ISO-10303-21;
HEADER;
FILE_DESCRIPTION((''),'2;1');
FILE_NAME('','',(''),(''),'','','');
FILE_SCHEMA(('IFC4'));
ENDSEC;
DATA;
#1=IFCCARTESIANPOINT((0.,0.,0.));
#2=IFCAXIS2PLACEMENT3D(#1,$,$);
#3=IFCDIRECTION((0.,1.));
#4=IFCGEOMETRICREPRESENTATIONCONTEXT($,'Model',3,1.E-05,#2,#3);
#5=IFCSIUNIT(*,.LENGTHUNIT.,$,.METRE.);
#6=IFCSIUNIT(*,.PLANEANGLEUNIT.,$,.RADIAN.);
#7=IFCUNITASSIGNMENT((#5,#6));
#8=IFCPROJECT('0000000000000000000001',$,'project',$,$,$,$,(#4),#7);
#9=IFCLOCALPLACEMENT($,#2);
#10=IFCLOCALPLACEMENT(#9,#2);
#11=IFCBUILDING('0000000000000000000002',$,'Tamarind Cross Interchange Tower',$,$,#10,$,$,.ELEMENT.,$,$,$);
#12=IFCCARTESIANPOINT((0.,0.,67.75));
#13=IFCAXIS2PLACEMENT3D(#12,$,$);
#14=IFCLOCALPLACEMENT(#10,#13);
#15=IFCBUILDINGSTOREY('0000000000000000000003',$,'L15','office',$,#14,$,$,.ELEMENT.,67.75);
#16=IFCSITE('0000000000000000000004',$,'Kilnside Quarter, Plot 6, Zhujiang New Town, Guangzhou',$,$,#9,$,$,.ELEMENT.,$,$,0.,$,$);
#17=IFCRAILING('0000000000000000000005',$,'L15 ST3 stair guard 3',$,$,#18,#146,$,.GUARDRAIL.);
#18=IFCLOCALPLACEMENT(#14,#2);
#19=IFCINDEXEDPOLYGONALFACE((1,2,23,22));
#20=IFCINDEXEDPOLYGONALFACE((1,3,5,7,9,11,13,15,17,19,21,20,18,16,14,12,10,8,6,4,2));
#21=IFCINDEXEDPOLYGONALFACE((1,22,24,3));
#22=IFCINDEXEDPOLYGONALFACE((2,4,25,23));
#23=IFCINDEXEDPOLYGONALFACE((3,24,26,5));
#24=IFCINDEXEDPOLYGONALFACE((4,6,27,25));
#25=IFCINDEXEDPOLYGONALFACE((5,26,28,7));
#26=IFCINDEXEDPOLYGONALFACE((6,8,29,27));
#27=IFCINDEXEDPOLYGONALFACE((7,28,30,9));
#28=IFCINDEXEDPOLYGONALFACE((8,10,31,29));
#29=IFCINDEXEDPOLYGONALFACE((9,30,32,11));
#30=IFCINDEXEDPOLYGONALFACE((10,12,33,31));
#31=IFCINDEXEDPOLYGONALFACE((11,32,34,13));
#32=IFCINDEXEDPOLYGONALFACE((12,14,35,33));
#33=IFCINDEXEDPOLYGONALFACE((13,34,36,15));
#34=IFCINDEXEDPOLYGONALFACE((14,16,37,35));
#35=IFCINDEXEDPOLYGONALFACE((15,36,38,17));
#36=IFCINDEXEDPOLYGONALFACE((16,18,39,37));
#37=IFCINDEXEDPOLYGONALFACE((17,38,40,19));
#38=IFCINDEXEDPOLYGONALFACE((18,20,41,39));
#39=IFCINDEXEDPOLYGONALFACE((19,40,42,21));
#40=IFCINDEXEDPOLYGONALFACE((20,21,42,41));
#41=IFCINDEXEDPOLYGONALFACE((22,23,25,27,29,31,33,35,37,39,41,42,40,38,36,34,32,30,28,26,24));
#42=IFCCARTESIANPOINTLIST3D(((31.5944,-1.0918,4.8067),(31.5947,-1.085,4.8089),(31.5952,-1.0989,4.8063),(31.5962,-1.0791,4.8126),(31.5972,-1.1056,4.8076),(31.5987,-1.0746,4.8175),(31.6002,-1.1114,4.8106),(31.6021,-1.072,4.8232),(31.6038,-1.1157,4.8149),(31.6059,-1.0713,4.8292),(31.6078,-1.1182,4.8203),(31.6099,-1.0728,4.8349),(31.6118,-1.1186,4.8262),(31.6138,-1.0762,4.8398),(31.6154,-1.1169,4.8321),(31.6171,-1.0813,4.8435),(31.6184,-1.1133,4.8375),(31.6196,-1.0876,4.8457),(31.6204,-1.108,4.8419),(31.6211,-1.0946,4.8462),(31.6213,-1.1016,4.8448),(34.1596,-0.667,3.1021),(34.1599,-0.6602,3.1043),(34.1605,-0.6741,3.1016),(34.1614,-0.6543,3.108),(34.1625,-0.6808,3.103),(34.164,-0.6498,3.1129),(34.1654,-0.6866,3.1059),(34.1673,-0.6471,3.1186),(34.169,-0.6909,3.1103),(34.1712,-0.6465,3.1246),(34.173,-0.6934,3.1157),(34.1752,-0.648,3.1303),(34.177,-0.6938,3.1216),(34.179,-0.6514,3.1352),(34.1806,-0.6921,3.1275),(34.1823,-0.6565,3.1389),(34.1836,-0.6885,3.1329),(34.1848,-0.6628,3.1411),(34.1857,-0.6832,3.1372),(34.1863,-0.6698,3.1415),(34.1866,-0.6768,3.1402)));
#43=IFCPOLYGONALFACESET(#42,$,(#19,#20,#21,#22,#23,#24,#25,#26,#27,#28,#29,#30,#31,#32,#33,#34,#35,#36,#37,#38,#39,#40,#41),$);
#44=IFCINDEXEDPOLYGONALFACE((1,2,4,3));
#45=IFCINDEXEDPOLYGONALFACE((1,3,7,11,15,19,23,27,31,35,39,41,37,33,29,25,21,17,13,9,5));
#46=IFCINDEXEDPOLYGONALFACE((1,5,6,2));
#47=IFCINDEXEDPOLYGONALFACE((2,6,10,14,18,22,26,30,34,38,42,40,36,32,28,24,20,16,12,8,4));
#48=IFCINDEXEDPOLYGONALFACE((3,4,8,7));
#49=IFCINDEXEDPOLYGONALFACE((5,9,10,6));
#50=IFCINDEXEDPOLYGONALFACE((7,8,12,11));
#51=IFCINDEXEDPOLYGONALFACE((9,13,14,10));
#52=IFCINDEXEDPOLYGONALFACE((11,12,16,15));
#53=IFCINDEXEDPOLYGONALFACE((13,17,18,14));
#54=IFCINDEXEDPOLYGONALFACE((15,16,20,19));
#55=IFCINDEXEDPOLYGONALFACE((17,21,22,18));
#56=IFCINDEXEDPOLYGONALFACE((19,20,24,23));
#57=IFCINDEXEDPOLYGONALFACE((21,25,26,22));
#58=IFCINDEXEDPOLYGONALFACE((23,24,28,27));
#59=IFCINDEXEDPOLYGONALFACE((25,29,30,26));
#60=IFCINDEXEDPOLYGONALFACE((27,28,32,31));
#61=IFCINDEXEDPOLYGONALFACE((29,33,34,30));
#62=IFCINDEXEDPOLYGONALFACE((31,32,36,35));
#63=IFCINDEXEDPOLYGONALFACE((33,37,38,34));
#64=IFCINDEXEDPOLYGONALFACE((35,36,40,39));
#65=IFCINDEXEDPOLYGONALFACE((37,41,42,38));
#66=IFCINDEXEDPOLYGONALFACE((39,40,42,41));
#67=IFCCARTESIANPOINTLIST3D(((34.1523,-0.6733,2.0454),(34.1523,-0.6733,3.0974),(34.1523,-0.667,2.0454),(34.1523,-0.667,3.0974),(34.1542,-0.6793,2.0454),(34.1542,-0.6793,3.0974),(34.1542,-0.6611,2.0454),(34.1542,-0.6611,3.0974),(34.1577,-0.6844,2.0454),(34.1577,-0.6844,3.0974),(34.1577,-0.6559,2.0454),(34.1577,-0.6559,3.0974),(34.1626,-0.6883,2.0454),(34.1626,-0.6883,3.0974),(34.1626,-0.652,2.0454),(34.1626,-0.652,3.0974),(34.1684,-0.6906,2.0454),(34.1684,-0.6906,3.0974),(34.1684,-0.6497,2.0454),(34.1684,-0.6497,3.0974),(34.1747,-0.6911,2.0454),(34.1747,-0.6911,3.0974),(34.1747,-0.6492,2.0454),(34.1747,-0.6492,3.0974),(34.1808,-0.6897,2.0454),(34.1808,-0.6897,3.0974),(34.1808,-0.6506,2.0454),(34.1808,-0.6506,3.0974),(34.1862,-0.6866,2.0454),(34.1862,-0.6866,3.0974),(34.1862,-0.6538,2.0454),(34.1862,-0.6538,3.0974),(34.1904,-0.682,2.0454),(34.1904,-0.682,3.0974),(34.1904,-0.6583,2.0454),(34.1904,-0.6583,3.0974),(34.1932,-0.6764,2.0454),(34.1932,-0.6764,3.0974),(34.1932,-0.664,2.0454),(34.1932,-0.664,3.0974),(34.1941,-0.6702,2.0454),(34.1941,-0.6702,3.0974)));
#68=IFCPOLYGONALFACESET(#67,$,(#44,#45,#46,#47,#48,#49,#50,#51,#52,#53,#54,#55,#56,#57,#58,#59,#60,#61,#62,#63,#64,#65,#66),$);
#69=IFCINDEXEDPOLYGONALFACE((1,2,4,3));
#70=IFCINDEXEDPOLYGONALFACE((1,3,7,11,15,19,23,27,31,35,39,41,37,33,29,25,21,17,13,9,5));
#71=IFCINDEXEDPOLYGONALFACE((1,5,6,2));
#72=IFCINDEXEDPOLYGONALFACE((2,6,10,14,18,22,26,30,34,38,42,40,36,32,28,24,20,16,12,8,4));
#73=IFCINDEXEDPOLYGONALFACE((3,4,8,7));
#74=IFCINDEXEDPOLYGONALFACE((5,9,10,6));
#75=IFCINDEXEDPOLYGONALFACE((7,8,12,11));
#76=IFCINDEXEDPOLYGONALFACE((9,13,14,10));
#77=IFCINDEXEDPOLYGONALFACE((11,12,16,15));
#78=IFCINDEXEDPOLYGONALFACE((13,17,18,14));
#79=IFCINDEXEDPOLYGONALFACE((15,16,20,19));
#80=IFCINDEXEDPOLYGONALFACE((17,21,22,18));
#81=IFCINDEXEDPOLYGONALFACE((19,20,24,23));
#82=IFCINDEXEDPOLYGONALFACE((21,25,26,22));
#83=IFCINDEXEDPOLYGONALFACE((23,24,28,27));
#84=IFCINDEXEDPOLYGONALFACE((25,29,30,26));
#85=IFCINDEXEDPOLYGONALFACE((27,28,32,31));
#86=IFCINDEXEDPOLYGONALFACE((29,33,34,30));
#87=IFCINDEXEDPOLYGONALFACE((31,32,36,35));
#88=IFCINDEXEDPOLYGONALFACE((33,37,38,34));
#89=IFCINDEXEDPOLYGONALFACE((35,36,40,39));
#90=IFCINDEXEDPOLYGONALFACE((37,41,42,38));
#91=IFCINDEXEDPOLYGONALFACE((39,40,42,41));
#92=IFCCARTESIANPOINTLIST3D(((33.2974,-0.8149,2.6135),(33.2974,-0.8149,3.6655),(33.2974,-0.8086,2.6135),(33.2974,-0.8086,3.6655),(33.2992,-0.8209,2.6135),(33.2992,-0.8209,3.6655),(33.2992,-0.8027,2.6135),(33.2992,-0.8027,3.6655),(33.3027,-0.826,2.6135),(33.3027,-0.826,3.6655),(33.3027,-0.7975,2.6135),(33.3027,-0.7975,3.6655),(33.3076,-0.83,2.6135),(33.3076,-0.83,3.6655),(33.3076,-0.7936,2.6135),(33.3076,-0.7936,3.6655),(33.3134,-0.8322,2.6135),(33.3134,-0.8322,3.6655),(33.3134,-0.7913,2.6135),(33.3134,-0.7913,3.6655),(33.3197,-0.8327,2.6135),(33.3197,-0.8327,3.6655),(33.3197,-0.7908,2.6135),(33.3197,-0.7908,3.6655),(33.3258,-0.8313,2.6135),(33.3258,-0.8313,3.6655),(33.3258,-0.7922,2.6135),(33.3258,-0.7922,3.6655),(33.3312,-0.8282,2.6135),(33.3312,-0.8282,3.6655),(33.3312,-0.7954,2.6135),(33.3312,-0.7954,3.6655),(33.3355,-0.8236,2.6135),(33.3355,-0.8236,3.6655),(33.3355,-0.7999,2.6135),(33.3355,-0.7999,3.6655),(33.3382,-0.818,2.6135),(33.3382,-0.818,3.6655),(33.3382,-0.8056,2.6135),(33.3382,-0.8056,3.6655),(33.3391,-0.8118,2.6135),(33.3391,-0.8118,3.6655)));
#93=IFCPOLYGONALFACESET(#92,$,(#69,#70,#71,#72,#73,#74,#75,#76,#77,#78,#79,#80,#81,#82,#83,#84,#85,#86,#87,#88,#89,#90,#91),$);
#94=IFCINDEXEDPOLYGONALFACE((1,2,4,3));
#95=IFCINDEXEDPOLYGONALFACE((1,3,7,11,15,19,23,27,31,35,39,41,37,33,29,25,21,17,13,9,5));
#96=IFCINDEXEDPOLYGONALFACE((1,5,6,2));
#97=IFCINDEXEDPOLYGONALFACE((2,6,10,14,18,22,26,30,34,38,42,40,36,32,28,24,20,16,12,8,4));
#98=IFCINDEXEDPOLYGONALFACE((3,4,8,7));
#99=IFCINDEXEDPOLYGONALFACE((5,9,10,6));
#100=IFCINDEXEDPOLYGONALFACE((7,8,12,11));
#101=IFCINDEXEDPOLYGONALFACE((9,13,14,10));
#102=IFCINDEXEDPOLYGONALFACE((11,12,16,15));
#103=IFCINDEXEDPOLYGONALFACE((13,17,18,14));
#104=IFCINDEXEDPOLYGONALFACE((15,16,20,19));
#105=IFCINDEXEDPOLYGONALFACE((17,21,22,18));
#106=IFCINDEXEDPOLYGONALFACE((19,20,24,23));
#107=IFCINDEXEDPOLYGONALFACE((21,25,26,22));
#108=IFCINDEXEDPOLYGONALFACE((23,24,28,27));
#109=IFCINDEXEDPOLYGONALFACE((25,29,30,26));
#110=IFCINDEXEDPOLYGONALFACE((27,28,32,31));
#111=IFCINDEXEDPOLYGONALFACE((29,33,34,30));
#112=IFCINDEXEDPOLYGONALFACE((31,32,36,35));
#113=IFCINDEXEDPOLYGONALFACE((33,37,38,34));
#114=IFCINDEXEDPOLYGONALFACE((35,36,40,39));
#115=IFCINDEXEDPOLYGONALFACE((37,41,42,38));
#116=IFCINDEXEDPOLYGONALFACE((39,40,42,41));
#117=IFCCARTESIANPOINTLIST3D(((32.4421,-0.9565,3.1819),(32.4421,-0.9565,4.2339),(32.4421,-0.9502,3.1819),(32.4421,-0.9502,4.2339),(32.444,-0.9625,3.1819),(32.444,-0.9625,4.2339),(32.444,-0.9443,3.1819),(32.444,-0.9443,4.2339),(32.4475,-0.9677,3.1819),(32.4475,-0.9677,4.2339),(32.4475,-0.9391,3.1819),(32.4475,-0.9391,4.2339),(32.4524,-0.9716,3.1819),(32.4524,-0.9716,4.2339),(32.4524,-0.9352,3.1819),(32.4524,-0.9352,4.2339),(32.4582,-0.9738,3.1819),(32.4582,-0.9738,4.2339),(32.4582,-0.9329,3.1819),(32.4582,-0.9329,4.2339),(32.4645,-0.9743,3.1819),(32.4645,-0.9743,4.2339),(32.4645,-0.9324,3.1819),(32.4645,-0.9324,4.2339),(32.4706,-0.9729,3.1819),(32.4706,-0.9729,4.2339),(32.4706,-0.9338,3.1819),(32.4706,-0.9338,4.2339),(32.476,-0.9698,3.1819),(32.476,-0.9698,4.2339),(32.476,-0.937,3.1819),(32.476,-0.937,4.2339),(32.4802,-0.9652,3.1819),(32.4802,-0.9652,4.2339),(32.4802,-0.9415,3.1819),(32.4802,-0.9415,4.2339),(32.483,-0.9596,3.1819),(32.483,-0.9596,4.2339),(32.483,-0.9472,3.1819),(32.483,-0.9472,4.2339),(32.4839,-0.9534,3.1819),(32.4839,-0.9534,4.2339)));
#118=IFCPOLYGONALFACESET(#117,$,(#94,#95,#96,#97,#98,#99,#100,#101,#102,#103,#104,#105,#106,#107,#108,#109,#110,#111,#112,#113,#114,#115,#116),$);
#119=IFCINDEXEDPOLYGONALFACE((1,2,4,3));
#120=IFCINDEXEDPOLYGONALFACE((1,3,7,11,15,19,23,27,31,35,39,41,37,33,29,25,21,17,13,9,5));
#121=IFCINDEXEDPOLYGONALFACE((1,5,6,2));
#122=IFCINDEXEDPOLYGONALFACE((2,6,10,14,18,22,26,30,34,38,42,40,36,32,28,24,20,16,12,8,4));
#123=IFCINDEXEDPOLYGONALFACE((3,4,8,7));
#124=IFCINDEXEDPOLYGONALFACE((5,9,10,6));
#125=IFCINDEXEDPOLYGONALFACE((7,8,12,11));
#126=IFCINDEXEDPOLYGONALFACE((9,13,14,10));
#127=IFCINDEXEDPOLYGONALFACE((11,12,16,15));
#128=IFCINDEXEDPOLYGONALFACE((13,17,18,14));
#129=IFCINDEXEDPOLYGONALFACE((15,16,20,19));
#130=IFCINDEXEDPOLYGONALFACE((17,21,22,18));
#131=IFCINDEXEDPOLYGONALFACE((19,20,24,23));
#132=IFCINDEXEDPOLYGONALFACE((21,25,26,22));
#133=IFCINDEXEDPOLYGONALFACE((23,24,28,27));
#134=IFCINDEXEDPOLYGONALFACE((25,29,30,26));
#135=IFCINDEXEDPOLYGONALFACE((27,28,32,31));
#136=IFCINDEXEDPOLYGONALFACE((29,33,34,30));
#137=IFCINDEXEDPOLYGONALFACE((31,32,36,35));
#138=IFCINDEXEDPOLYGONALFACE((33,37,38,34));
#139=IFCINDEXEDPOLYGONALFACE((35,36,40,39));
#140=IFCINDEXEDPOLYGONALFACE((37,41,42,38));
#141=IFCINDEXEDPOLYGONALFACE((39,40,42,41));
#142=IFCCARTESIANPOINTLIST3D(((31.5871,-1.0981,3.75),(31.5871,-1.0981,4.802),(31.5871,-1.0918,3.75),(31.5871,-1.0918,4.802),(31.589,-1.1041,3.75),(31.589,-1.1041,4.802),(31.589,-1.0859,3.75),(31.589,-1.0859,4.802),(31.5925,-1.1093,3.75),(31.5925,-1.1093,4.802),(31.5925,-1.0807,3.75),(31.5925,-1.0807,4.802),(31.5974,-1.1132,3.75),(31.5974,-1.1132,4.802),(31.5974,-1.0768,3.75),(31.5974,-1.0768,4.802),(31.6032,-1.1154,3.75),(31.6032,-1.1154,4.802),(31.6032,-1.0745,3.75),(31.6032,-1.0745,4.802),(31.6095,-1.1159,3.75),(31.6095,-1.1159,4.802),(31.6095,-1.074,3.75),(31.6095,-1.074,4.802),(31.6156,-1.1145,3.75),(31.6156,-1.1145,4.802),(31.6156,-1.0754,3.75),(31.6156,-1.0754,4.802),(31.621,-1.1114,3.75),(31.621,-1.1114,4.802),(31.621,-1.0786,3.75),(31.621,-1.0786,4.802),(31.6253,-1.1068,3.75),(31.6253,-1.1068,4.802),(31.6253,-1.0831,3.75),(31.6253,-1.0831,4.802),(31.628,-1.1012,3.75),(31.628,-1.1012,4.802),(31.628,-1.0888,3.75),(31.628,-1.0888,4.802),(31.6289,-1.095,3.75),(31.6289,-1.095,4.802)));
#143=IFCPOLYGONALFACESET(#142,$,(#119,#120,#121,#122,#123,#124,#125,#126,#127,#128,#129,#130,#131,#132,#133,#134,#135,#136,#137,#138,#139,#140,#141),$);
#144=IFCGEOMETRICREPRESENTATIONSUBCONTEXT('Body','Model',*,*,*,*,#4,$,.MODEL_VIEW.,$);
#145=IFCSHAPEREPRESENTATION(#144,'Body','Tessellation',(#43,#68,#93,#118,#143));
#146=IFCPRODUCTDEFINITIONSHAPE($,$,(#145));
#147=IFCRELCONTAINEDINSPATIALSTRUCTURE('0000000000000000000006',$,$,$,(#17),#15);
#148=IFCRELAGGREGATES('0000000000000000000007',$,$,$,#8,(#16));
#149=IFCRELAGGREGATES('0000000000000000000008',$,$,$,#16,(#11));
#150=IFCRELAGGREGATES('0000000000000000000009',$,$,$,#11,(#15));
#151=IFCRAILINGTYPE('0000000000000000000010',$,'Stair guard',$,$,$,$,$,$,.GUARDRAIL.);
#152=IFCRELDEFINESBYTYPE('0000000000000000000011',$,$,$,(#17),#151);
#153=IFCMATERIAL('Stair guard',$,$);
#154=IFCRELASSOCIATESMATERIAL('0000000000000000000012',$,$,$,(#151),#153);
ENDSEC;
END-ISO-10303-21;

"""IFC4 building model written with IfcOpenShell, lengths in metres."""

from ifc_helpers import new_model, si_unit, direction, frame, origin, origin_2d, place, context, subcontext, project, spatial, circle, extrude, material, type_object, element, save


model = new_model("IFC4")

# Units and contexts
model_context = context("Model", 3, precision=1e-05, world=origin(), true_north=direction((0.0, 1.0)))
body_context = subcontext(model_context, "Body", "Model", "MODEL_VIEW")
ifc_project = project(units=[si_unit("LENGTHUNIT", "METRE"), si_unit("PLANEANGLEUNIT", "RADIAN")], contexts=[model_context])

# Site, building, storey
site_placement = place(None, origin())
site = spatial("IfcSite", under=ifc_project, at=site_placement, Name="Kilnside Quarter, Plot 6, Zhujiang New Town, Guangzhou", CompositionType="ELEMENT", RefElevation=0.0)
building_placement = place(site_placement, origin())
building = spatial("IfcBuilding", under=site, at=building_placement, Name="Tamarind Cross Interchange Tower", CompositionType="ELEMENT")
storey_placement = place(building_placement, frame((0.0, 0.0, 67.75)))
storey = spatial("IfcBuildingStorey", under=building, at=storey_placement, Name="L15", Description="office", CompositionType="ELEMENT", Elevation=67.75)

# Railing
ifc_material_1 = material(Name="Stair guard")
railing_type_1 = type_object("IfcRailingType", Name="Stair guard", PredefinedType="GUARDRAIL", material=ifc_material_1)
railing_1_placement = place(storey_placement, frame((34.1731, -0.6702, 2.0454)))
element("IfcRailing", 1, at=railing_1_placement, inside=storey, type_object=railing_type_1, Name="L15 ST3 stair guard 3", PredefinedType="GUARDRAIL", context=body_context, shape_type="SweptSolid", body=[
    extrude(circle(Radius=0.0239, at=origin_2d()), frame((0.0, 0.0, 1.0762), z_axis=(-0.825068, -0.136634, 0.548265), x_axis=(0.163379, -0.986563, 0.0)), (0.0, 0.0, 1.0), 3.1091),
    extrude(circle(Radius=0.021, at=origin_2d()), origin(), (0.0, 0.0, 1.0), 1.052),
    extrude(circle(Radius=0.021, at=origin_2d()), frame((-0.855, -0.1416, 0.5681)), (0.0, 0.0, 1.0), 1.052),
    extrude(circle(Radius=0.021, at=origin_2d()), frame((-1.7102, -0.2832, 1.1365)), (0.0, 0.0, 1.0), 1.052),
    extrude(circle(Radius=0.021, at=origin_2d()), frame((-2.5652, -0.4248, 1.7046)), (0.0, 0.0, 1.0), 1.052),
])

save(model, "model.ifc")
